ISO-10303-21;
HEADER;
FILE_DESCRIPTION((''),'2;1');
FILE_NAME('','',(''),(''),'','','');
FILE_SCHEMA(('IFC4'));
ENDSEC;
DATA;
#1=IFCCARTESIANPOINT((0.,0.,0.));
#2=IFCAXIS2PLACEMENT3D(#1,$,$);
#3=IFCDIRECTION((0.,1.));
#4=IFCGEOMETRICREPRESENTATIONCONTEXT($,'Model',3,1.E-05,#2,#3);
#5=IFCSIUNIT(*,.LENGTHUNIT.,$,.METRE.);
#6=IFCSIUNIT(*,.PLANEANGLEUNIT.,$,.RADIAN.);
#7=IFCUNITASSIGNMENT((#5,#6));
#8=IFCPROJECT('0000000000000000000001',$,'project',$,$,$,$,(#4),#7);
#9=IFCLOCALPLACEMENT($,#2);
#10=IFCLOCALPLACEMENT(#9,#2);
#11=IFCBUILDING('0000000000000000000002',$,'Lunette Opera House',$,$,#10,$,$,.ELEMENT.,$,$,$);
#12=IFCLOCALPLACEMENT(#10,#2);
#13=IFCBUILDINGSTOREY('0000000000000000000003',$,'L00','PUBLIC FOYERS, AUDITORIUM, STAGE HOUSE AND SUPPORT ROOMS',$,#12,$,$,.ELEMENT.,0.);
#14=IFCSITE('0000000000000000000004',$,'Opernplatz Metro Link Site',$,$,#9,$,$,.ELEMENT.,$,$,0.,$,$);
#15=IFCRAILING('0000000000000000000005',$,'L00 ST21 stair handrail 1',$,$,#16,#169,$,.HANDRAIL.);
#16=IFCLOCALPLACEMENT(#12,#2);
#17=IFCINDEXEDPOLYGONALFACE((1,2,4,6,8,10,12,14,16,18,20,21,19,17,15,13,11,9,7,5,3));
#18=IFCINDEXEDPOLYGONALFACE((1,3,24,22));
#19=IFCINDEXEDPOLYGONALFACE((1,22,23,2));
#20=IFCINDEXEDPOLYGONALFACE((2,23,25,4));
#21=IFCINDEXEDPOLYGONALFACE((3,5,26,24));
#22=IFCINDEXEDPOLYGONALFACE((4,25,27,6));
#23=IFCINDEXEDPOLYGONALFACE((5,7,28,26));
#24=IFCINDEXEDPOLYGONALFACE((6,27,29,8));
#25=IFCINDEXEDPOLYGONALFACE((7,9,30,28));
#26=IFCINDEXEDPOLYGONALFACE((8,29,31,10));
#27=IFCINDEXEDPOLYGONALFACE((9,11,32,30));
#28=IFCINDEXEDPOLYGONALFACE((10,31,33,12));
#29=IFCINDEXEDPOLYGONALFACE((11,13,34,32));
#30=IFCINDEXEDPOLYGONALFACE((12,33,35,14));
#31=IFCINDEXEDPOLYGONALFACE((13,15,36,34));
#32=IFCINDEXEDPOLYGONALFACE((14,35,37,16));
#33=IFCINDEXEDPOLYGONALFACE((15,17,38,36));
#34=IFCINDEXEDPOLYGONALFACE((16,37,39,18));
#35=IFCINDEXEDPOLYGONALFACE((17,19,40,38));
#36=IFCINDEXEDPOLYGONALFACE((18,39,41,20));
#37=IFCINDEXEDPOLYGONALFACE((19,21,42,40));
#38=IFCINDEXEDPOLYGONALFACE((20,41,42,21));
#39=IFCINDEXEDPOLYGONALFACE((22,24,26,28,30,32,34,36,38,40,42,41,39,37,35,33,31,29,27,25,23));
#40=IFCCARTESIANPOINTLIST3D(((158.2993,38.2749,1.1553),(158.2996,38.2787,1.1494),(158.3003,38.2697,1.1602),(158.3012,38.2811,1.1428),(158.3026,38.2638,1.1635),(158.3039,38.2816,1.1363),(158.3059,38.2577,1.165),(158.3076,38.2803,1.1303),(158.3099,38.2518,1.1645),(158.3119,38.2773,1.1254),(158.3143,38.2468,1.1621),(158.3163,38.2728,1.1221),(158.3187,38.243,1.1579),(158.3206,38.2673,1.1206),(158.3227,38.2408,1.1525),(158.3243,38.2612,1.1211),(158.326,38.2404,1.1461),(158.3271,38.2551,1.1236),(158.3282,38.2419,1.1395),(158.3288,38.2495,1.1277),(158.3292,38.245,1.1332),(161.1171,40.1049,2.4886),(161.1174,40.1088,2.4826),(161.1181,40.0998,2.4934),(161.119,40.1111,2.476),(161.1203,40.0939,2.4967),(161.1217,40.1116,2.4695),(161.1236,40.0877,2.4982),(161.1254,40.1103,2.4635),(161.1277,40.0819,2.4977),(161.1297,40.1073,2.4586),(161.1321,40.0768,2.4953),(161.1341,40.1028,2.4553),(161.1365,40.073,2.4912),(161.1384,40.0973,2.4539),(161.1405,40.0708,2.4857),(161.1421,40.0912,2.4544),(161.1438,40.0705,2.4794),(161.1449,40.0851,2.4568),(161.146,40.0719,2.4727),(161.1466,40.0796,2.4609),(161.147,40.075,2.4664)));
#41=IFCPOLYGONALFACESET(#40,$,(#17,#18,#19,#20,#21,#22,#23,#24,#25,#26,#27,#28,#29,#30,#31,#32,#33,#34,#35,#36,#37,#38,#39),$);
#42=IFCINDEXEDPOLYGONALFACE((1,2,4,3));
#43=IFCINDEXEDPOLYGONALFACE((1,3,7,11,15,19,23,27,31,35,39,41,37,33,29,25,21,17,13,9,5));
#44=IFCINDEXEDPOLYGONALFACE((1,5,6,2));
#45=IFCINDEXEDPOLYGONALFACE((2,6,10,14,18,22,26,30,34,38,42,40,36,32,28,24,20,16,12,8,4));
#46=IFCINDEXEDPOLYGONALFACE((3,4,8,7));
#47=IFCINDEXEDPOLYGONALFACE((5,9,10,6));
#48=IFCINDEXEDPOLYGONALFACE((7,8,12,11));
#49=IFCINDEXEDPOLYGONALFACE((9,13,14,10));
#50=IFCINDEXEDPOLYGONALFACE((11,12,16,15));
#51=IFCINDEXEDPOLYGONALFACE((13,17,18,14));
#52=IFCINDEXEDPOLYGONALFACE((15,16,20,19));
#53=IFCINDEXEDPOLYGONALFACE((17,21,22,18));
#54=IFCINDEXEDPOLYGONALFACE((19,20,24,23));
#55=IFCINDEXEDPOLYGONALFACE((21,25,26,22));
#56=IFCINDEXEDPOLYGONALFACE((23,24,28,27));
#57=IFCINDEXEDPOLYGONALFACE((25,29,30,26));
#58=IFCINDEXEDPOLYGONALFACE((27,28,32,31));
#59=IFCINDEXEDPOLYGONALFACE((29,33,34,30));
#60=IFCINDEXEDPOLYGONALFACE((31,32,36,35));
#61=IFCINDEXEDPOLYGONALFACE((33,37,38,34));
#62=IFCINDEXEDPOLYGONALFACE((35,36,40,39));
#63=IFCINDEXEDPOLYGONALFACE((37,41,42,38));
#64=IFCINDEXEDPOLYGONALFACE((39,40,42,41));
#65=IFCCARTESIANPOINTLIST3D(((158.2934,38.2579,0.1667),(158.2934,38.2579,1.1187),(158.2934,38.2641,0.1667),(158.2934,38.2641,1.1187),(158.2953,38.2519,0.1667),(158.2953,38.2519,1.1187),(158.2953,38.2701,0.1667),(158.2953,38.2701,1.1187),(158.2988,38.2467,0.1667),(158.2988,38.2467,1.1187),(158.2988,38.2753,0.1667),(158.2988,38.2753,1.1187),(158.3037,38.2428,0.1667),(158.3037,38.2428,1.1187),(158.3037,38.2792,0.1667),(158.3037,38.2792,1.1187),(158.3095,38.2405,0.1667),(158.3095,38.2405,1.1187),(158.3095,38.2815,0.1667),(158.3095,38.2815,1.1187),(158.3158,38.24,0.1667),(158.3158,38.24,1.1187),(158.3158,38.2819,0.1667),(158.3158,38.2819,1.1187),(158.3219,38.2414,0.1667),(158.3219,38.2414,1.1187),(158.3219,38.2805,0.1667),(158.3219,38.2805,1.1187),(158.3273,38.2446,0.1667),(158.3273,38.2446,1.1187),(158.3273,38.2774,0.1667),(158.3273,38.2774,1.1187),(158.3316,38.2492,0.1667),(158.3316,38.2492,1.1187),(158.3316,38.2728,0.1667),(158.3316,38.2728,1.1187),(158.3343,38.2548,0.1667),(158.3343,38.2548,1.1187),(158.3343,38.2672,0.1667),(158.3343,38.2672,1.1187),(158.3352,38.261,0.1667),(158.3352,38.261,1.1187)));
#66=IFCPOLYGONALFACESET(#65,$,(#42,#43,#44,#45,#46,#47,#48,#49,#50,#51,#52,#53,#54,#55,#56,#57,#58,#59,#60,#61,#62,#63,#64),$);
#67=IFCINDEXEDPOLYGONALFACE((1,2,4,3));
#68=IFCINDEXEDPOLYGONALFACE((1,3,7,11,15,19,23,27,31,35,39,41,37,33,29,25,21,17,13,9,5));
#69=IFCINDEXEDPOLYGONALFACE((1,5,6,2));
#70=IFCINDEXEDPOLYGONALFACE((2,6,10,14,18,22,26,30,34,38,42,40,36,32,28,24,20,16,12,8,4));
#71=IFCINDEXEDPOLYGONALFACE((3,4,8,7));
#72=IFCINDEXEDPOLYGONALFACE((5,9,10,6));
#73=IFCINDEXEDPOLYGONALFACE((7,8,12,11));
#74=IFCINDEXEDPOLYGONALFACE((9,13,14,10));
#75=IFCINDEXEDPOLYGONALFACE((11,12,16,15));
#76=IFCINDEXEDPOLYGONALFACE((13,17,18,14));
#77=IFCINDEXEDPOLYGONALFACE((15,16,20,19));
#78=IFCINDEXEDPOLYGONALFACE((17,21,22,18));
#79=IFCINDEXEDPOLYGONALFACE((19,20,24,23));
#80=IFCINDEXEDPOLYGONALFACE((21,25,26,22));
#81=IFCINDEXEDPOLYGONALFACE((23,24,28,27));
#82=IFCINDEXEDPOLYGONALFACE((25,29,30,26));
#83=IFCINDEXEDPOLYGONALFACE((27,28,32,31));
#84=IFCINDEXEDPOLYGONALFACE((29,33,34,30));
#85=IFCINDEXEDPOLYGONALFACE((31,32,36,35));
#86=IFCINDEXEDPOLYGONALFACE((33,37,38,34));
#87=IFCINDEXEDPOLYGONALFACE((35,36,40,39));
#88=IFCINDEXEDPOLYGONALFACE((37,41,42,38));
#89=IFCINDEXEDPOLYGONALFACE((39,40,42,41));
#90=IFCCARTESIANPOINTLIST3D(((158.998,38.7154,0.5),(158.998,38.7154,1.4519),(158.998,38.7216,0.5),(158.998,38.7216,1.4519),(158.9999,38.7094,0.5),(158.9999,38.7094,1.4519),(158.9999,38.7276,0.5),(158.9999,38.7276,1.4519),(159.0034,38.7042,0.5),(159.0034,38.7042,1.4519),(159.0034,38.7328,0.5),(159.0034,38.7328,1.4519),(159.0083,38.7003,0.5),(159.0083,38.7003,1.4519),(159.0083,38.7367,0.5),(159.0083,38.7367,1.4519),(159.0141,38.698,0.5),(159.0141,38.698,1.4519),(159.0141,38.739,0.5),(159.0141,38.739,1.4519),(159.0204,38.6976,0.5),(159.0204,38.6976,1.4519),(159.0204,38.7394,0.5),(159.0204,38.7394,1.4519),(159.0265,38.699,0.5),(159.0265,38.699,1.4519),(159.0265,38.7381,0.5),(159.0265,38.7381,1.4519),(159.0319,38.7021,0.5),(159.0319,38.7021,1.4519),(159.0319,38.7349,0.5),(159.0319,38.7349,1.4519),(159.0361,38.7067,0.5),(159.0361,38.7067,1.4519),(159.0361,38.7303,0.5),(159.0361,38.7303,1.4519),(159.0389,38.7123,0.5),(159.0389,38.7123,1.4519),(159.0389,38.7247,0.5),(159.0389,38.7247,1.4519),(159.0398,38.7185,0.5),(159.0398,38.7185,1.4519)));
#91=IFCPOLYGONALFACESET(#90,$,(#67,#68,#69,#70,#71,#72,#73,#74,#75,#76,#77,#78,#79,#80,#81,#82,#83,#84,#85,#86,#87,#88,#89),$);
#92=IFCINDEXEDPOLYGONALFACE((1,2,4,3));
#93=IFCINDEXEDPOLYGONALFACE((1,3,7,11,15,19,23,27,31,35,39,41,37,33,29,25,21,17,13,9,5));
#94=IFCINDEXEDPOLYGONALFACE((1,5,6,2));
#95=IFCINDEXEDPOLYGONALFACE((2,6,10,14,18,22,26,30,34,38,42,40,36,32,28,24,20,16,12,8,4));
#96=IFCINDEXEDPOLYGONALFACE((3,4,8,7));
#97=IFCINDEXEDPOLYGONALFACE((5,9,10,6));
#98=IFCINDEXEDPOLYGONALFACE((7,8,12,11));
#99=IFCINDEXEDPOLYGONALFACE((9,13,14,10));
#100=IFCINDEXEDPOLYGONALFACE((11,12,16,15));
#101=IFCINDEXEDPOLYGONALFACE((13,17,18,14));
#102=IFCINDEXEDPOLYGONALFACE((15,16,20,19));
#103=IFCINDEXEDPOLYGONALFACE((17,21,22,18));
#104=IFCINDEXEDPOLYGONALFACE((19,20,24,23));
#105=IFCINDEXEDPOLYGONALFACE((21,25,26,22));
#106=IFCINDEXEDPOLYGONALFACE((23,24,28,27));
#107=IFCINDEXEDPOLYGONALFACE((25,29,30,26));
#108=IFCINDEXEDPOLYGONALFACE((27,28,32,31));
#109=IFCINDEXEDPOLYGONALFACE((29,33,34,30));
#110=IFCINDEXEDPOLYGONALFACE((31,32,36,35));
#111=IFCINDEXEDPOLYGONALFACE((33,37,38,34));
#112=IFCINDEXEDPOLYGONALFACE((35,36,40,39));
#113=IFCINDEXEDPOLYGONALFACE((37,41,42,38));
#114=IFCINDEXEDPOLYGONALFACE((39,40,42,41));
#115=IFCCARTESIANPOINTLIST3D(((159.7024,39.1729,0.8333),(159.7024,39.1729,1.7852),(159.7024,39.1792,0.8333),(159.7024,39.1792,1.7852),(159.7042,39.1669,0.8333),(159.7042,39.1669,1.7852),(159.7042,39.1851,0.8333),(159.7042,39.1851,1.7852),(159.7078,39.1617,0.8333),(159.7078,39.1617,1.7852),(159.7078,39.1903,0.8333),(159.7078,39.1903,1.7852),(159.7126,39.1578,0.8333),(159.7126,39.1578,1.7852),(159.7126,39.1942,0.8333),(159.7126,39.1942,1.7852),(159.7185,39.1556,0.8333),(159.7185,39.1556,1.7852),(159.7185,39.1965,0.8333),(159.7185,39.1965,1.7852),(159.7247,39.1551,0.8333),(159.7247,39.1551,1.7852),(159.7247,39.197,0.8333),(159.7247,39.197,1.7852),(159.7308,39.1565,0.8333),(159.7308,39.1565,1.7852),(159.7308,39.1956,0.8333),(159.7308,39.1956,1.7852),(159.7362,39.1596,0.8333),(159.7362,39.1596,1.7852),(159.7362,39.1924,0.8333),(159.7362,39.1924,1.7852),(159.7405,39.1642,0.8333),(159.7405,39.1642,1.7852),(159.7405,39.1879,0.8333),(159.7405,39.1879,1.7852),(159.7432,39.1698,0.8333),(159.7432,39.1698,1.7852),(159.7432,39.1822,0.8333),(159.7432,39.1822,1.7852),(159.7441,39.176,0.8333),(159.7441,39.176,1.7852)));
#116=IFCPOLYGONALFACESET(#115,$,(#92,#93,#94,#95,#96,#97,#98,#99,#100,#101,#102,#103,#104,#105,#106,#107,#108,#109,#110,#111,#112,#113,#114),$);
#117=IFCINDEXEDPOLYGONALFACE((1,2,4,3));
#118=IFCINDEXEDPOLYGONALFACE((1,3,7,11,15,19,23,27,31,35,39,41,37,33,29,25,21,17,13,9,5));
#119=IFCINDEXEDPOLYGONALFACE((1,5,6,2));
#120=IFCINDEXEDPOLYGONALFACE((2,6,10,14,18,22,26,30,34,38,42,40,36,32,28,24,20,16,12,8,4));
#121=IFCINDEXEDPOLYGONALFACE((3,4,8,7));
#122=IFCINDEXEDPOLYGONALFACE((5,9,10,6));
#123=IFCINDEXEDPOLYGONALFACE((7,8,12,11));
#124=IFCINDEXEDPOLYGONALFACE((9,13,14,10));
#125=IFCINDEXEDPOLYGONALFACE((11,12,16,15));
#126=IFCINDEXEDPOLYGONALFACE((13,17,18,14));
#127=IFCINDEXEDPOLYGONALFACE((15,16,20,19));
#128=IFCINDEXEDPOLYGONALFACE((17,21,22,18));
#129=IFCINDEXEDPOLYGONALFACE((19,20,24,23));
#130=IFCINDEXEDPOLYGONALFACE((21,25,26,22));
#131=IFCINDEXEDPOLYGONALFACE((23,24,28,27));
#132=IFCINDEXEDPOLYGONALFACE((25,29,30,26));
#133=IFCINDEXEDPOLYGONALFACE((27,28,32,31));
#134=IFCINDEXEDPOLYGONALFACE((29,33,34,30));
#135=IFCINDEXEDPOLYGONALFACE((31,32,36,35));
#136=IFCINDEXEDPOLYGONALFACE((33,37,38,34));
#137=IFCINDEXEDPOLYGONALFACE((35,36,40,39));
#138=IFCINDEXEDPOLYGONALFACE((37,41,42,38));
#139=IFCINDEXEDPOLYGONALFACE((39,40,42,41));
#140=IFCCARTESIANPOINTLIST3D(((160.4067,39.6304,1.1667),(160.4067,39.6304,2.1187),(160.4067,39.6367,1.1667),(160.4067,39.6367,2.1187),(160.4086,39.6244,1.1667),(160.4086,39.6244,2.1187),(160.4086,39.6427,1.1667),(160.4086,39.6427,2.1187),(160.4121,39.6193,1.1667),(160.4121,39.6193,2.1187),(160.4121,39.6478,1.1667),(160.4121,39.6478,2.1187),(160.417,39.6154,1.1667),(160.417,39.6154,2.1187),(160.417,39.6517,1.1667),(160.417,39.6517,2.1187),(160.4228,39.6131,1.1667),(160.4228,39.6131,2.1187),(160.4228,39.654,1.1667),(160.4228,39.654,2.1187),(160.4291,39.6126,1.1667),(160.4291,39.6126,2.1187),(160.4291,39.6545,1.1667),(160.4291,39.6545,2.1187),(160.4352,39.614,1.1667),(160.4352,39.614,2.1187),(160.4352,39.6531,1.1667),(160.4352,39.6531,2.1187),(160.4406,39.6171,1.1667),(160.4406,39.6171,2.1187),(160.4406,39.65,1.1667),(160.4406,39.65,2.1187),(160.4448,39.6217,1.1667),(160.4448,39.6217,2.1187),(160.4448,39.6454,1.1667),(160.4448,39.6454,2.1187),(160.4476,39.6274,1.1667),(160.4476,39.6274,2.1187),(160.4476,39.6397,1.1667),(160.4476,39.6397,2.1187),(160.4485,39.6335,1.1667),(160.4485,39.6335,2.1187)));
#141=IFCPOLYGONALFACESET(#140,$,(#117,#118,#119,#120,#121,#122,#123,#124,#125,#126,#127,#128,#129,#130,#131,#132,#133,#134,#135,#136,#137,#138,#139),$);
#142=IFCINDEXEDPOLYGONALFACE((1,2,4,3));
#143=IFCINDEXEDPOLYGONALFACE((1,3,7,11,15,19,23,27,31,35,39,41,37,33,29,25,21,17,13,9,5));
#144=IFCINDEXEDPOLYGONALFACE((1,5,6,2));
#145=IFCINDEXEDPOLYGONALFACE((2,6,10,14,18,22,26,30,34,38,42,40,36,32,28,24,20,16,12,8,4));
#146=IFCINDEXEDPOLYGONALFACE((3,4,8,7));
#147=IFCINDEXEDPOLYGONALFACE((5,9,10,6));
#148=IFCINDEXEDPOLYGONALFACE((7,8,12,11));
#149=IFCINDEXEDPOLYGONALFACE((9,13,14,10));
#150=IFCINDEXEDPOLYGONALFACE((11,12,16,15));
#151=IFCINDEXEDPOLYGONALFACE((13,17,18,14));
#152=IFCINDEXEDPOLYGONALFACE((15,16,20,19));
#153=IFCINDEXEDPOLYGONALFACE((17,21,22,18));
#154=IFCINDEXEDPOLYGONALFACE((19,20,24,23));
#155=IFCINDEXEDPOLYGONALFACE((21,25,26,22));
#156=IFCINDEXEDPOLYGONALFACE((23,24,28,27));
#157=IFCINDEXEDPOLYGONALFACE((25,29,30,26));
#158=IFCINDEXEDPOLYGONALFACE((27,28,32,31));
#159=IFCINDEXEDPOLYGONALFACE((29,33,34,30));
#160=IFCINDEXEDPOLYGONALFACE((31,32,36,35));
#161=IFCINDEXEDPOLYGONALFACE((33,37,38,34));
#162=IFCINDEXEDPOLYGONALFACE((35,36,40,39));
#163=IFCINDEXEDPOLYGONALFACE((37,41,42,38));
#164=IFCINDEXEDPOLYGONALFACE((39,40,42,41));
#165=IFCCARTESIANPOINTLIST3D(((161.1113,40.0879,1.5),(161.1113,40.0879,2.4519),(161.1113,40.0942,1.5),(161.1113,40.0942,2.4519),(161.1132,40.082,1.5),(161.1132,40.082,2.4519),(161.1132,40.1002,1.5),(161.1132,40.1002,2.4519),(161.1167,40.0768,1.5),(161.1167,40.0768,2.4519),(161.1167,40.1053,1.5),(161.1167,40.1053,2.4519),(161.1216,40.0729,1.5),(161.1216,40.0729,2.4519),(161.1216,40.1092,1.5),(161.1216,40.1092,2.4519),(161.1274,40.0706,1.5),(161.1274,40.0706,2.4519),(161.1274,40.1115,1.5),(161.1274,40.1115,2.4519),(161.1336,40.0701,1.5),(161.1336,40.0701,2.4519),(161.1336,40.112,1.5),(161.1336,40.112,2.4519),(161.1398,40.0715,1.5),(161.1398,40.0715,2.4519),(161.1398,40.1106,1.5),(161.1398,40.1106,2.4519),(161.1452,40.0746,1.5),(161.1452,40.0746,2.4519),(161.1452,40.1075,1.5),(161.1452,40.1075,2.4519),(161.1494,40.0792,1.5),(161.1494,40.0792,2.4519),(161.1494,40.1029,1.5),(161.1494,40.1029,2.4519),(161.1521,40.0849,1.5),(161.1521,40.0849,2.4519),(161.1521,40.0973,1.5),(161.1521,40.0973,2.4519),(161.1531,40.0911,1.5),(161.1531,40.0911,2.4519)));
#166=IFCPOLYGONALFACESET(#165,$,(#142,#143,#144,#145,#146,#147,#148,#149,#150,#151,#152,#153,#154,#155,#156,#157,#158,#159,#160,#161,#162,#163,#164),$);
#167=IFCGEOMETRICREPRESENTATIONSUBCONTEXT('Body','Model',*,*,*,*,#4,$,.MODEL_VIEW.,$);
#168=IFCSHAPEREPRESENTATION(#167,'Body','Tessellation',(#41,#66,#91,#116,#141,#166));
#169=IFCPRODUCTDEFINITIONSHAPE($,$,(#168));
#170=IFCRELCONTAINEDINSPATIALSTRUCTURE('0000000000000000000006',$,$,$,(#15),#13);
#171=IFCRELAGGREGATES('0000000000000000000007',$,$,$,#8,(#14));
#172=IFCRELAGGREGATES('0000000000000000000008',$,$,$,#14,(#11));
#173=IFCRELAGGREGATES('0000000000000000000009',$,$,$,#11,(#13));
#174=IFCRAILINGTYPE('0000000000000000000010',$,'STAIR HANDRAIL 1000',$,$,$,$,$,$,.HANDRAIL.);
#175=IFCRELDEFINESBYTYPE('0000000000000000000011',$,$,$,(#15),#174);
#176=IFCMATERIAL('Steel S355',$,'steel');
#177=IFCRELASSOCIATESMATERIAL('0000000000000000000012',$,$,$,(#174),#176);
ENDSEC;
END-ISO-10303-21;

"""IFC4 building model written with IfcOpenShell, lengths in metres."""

from ifc_helpers import new_model, si_unit, direction, frame, origin, origin_2d, place, context, subcontext, project, spatial, circle, extrude, material, type_object, element, save


model = new_model("IFC4")

# Units and contexts
model_context = context("Model", 3, precision=1e-05, world=origin(), true_north=direction((0.0, 1.0)))
body_context = subcontext(model_context, "Body", "Model", "MODEL_VIEW")
ifc_project = project(units=[si_unit("LENGTHUNIT", "METRE"), si_unit("PLANEANGLEUNIT", "RADIAN")], contexts=[model_context])

# Site, building, storey
site_placement = place(None, origin())
site = spatial("IfcSite", under=ifc_project, at=site_placement, Name="Opernplatz Metro Link Site", CompositionType="ELEMENT", RefElevation=0.0)
building_placement = place(site_placement, origin())
building = spatial("IfcBuilding", under=site, at=building_placement, Name="Lunette Opera House", CompositionType="ELEMENT")
storey_placement = place(building_placement, origin())
storey = spatial("IfcBuildingStorey", under=building, at=storey_placement, Name="L00", Description="PUBLIC FOYERS, AUDITORIUM, STAGE HOUSE AND SUPPORT ROOMS", CompositionType="ELEMENT", Elevation=0.0)

# Railing
ifc_material_1 = material(Name="Steel S355", Category="steel")
railing_type_1 = type_object("IfcRailingType", Name="STAIR HANDRAIL 1000", PredefinedType="HANDRAIL", material=ifc_material_1)
railing_1_placement = place(storey_placement, frame((158.3142, 38.261, 0.1667)))
element("IfcRailing", 1, at=railing_1_placement, inside=storey, type_object=railing_type_1, Name="L00 ST21 stair handrail 1", PredefinedType="HANDRAIL", context=body_context, shape_type="SweptSolid", body=[
    extrude(circle(Radius=0.0239, at=origin_2d()), frame((0.0, 0.0, 0.9761), z_axis=(0.779526, 0.506267, 0.368826), x_axis=(-0.544667, 0.838653, 0.0)), (0.0, 0.0, 1.0), 3.6147),
    extrude(circle(Radius=0.021, at=origin_2d()), origin(), (0.0, 0.0, 1.0), 0.9519),
    extrude(circle(Radius=0.021, at=origin_2d()), frame((0.7046, 0.4575, 0.3333)), (0.0, 0.0, 1.0), 0.9519),
    extrude(circle(Radius=0.021, at=origin_2d()), frame((1.4089, 0.915, 0.6665)), (0.0, 0.0, 1.0), 0.9519),
    extrude(circle(Radius=0.021, at=origin_2d()), frame((2.1133, 1.3726, 1.0)), (0.0, 0.0, 1.0), 0.9519),
    extrude(circle(Radius=0.021, at=origin_2d()), frame((2.8179, 1.8301, 1.3333)), (0.0, 0.0, 1.0), 0.9519),
])

save(model, "model.ifc")
